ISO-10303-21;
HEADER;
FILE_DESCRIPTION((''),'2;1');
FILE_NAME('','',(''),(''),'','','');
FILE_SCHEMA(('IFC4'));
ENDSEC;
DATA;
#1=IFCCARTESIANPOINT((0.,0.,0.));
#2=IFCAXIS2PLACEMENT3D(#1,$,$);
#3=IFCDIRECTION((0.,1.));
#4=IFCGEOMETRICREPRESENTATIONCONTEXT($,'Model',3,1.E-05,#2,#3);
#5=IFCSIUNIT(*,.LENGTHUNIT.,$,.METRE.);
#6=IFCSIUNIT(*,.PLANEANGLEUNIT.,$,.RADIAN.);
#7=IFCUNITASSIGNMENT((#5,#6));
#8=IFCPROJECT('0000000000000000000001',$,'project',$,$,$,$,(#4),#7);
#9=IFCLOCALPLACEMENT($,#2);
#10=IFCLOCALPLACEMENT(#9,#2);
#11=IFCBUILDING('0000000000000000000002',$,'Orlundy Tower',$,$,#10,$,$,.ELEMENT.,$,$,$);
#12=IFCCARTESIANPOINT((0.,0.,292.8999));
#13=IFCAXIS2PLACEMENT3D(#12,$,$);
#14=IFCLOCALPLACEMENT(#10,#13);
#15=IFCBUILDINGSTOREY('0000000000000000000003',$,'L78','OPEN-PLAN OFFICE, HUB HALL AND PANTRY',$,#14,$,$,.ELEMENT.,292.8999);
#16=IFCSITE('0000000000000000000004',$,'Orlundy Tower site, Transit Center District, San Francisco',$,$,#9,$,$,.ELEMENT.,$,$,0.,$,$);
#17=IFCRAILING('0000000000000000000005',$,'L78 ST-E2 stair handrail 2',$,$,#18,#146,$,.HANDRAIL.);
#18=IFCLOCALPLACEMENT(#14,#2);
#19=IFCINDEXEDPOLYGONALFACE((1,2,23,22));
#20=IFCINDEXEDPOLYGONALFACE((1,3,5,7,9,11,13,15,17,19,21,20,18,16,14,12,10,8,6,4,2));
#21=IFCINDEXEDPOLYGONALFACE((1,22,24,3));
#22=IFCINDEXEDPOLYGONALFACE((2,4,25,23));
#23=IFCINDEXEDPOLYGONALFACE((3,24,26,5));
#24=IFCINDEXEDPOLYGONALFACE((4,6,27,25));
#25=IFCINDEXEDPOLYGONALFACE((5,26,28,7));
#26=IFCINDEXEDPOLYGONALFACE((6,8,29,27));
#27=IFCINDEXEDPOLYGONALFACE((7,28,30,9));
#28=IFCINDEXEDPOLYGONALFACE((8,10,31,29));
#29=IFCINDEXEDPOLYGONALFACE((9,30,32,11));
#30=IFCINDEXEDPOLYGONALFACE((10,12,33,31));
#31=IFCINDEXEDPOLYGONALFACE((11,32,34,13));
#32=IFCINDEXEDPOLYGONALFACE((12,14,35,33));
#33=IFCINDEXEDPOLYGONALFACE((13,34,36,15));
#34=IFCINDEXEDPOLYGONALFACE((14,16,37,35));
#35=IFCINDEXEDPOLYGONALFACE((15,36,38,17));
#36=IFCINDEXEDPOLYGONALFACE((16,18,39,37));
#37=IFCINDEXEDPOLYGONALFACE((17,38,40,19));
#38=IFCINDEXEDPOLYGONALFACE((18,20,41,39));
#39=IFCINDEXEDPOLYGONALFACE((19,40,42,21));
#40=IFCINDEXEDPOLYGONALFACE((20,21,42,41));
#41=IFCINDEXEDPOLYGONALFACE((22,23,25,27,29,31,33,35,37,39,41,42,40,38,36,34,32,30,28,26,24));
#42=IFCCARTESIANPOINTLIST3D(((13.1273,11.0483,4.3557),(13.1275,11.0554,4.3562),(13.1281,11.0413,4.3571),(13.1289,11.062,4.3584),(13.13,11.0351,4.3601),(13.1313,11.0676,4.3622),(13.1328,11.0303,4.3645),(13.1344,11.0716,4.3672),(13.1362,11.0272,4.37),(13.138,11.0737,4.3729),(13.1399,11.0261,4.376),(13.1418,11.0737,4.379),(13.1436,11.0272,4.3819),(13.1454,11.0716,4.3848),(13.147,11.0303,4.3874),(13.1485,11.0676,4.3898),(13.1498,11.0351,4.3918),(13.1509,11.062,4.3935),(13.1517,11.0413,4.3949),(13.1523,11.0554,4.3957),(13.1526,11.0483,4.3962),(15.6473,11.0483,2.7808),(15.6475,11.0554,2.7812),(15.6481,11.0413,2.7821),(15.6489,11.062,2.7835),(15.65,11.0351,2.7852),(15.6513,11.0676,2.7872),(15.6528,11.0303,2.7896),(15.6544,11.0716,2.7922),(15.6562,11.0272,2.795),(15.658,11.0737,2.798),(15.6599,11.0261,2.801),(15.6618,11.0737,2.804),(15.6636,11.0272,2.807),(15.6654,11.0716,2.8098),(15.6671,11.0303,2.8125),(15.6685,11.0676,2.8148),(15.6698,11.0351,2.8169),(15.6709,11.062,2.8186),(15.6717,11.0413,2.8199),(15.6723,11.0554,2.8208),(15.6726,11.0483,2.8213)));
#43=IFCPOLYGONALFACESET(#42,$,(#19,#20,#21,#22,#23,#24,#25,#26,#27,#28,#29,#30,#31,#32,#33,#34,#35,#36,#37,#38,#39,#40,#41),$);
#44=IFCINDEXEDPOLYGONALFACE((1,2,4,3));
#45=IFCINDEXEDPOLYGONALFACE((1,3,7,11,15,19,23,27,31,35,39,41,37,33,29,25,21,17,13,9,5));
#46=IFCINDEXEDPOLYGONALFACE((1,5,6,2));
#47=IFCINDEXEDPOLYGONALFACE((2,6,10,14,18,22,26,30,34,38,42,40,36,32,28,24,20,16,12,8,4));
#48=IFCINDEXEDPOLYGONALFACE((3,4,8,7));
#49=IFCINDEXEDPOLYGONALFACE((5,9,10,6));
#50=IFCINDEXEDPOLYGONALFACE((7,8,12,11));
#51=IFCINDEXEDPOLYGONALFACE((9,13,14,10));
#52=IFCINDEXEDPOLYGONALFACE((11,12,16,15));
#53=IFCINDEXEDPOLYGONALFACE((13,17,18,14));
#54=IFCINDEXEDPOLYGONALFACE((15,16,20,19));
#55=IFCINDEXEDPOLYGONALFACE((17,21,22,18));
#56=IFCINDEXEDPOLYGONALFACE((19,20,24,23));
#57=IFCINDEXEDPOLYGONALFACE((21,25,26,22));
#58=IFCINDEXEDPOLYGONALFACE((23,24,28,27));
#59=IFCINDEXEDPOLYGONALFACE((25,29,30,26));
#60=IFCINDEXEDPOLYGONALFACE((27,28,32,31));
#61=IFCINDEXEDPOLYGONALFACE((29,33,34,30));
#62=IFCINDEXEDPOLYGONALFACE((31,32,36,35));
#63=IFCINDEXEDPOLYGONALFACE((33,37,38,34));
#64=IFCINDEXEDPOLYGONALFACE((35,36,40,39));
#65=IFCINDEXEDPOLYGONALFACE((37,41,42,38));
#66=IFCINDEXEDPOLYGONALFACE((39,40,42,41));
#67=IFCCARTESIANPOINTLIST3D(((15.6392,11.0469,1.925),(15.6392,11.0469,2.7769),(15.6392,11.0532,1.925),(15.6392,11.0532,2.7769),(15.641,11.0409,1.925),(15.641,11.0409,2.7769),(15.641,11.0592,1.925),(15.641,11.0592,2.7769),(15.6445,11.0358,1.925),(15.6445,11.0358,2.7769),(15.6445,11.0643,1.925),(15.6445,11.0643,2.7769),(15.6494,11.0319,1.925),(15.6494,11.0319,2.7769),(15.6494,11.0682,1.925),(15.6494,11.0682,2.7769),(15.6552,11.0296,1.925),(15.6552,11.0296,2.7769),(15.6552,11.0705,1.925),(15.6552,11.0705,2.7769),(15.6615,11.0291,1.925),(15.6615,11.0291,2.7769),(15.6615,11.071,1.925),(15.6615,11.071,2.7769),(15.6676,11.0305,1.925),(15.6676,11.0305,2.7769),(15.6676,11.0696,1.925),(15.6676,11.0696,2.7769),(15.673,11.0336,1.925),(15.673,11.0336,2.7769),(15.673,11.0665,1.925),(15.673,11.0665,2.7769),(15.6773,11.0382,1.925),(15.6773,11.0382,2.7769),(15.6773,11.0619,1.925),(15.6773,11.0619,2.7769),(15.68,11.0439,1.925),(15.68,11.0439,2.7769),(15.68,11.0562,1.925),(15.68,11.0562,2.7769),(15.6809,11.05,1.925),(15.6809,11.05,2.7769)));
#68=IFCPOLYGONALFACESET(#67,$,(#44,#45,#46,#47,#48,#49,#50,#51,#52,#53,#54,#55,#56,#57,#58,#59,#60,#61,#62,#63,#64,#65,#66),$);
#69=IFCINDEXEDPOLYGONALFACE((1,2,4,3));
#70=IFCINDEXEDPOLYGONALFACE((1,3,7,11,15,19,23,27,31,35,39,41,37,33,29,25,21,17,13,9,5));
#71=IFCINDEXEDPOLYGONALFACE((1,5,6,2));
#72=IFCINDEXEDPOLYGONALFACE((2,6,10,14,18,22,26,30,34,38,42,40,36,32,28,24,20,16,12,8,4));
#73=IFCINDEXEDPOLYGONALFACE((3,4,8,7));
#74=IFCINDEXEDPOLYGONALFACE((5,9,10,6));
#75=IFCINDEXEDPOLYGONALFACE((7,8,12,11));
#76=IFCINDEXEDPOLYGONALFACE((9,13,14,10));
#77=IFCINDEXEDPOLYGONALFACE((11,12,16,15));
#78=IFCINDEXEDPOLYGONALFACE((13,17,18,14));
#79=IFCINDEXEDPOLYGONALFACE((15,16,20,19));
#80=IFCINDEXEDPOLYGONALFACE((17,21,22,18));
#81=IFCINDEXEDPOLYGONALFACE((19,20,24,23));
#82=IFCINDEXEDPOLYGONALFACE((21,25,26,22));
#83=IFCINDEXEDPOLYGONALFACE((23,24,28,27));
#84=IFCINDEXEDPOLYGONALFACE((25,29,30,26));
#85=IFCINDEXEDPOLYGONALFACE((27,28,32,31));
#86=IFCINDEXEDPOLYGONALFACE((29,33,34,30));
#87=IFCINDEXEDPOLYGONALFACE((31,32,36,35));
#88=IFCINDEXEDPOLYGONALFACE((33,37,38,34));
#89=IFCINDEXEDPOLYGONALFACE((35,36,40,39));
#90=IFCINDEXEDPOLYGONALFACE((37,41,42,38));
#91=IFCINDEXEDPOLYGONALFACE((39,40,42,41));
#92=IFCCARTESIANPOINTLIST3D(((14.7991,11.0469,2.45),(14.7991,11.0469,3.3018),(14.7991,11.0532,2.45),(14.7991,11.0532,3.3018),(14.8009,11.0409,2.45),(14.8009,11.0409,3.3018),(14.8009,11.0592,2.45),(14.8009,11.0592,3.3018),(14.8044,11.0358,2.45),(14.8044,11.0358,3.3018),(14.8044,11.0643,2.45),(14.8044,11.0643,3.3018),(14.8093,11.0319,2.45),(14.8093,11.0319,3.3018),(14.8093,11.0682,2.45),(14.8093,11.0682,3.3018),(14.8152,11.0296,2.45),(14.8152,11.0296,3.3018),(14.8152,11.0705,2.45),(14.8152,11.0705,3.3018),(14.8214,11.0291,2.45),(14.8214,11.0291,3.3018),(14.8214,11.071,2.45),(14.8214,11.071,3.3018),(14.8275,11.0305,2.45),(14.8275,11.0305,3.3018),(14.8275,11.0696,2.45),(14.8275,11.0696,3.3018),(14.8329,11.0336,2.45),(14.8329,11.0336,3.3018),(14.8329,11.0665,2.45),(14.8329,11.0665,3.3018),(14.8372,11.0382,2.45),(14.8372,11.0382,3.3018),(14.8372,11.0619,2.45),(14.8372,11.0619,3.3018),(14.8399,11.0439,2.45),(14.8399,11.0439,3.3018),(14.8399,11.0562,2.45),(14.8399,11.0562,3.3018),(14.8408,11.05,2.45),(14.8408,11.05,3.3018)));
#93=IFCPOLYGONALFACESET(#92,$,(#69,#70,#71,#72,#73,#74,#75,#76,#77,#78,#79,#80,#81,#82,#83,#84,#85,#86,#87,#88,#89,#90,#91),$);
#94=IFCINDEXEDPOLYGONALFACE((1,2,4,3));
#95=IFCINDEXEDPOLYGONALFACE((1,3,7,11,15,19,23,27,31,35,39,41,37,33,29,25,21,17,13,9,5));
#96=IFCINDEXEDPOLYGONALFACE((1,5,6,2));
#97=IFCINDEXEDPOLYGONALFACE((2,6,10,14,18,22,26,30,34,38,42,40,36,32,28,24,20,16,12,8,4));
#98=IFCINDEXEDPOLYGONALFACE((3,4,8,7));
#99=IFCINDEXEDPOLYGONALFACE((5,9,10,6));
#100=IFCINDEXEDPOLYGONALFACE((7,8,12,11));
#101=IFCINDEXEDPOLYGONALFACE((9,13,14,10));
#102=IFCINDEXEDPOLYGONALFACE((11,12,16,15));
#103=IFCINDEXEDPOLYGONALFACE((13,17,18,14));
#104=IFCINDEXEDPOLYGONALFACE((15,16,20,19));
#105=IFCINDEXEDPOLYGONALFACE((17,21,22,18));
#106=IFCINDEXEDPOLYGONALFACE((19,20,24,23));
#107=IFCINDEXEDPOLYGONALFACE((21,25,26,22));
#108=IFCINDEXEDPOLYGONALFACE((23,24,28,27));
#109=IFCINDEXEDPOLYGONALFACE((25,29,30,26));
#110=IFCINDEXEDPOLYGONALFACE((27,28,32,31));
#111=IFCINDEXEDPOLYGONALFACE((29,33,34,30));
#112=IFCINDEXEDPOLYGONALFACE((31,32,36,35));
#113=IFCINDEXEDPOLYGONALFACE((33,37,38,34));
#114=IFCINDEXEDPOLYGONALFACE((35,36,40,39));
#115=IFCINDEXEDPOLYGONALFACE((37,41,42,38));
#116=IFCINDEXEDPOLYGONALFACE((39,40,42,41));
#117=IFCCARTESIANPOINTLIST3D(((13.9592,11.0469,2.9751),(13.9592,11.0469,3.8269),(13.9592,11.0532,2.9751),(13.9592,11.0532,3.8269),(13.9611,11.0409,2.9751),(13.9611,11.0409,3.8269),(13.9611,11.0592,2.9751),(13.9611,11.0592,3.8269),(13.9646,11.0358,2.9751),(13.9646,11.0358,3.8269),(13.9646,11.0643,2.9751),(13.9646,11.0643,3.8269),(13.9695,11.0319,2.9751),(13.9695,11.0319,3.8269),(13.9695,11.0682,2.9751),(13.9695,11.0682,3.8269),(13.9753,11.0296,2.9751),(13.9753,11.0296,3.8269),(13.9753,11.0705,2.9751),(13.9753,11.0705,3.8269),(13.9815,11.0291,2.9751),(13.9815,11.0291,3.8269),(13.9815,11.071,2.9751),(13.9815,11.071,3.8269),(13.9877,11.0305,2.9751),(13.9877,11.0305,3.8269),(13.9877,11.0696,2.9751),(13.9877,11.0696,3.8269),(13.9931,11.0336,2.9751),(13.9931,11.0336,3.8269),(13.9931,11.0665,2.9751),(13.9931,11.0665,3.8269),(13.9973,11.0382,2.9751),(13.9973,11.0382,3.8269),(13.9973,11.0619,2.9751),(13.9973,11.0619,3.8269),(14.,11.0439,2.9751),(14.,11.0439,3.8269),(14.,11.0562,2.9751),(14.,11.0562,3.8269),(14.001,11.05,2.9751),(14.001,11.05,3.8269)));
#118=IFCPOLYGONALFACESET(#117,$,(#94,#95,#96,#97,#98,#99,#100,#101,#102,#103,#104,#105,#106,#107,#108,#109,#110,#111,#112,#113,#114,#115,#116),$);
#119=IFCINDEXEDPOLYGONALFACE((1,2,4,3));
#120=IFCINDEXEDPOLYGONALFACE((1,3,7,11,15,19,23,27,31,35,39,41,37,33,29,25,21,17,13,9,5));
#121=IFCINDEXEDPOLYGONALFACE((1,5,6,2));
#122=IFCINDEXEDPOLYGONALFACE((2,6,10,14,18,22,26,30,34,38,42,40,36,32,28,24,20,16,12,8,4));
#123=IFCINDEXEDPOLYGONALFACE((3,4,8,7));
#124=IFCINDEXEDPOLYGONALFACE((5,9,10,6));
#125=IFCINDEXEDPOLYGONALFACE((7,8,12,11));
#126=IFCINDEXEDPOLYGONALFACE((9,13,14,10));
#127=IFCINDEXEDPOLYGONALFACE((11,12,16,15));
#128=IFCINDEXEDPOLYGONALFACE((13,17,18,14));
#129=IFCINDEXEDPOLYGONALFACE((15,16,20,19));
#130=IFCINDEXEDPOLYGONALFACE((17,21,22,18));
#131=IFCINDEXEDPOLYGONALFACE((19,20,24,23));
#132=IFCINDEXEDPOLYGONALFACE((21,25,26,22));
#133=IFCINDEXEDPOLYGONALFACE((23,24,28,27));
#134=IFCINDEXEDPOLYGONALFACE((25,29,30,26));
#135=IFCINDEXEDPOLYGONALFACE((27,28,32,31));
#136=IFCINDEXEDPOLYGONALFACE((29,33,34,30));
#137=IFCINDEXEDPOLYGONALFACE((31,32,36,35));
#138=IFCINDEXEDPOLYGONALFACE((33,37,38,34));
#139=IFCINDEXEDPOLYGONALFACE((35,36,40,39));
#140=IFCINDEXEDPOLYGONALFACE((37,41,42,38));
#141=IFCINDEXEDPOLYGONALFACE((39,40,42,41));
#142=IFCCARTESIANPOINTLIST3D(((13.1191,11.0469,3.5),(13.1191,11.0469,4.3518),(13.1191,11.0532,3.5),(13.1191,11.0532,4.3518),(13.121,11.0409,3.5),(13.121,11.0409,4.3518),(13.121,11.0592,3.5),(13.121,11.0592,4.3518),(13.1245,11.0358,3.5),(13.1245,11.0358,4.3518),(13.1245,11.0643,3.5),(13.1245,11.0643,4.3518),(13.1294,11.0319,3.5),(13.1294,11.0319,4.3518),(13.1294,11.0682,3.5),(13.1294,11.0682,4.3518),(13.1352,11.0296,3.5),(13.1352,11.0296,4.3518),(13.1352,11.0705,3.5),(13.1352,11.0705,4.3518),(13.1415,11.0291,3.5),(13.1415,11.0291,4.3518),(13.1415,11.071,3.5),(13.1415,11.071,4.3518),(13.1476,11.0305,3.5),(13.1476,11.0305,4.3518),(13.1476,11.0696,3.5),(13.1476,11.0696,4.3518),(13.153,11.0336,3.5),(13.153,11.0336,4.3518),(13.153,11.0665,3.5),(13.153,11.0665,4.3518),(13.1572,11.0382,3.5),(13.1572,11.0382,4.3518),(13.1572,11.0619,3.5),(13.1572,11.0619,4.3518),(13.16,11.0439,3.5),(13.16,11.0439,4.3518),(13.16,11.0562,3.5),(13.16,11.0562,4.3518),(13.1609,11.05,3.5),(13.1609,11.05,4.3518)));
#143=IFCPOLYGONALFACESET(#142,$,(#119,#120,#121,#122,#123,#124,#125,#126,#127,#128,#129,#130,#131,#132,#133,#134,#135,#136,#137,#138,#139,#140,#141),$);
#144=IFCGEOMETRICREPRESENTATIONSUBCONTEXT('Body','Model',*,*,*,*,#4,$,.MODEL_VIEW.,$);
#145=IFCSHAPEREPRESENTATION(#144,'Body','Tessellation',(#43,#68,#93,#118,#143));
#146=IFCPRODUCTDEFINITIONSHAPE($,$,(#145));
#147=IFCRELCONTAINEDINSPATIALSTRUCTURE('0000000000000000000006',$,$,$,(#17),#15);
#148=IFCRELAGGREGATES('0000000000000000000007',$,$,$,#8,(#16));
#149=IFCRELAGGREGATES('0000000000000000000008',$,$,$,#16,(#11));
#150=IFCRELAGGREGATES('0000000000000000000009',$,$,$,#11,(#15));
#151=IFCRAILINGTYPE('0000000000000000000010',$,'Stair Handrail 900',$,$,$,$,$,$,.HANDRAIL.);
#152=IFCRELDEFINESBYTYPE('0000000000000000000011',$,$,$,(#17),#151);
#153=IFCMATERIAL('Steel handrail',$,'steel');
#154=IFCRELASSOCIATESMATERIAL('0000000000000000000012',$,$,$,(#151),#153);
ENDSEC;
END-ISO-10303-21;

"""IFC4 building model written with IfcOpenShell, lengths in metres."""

from ifc_helpers import new_model, si_unit, direction, frame, origin, origin_2d, place, context, subcontext, project, spatial, circle, extrude, material, type_object, element, save


model = new_model("IFC4")

# Units and contexts
model_context = context("Model", 3, precision=1e-05, world=origin(), true_north=direction((0.0, 1.0)))
body_context = subcontext(model_context, "Body", "Model", "MODEL_VIEW")
ifc_project = project(units=[si_unit("LENGTHUNIT", "METRE"), si_unit("PLANEANGLEUNIT", "RADIAN")], contexts=[model_context])

# Site, building, storey
site_placement = place(None, origin())
site = spatial("IfcSite", under=ifc_project, at=site_placement, Name="Orlundy Tower site, Transit Center District, San Francisco", CompositionType="ELEMENT", RefElevation=0.0)
building_placement = place(site_placement, origin())
building = spatial("IfcBuilding", under=site, at=building_placement, Name="Orlundy Tower", CompositionType="ELEMENT")
storey_placement = place(building_placement, frame((0.0, 0.0, 292.8999)))
storey = spatial("IfcBuildingStorey", under=building, at=storey_placement, Name="L78", Description="OPEN-PLAN OFFICE, HUB HALL AND PANTRY", CompositionType="ELEMENT", Elevation=292.8999)

# Railing
ifc_material_1 = material(Name="Steel handrail", Category="steel")
railing_type_1 = type_object("IfcRailingType", Name="Stair Handrail 900", PredefinedType="HANDRAIL", material=ifc_material_1)
railing_1_placement = place(storey_placement, frame((15.6599, 11.05, 1.925)))
element("IfcRailing", 1, at=railing_1_placement, inside=storey, type_object=railing_type_1, Name="L78 ST-E2 stair handrail 2", PredefinedType="HANDRAIL", context=body_context, shape_type="SweptSolid", body=[
    extrude(circle(Radius=0.0239, at=origin_2d()), frame((0.0, 0.0, 0.876), z_axis=(-0.848008, 0.0, 0.529984), x_axis=(0.0, -1.0, 0.0)), (0.0, 0.0, 1.0), 2.9717),
    extrude(circle(Radius=0.021, at=origin_2d()), origin(), (0.0, 0.0, 1.0), 0.8518),
    extrude(circle(Radius=0.021, at=origin_2d()), frame((-0.8401, 0.0, 0.5249)), (0.0, 0.0, 1.0), 0.8518),
    extrude(circle(Radius=0.021, at=origin_2d()), frame((-1.6799, 0.0, 1.05)), (0.0, 0.0, 1.0), 0.8518),
    extrude(circle(Radius=0.021, at=origin_2d()), frame((-2.52, 0.0, 1.575)), (0.0, 0.0, 1.0), 0.8518),
])

save(model, "model.ifc")
